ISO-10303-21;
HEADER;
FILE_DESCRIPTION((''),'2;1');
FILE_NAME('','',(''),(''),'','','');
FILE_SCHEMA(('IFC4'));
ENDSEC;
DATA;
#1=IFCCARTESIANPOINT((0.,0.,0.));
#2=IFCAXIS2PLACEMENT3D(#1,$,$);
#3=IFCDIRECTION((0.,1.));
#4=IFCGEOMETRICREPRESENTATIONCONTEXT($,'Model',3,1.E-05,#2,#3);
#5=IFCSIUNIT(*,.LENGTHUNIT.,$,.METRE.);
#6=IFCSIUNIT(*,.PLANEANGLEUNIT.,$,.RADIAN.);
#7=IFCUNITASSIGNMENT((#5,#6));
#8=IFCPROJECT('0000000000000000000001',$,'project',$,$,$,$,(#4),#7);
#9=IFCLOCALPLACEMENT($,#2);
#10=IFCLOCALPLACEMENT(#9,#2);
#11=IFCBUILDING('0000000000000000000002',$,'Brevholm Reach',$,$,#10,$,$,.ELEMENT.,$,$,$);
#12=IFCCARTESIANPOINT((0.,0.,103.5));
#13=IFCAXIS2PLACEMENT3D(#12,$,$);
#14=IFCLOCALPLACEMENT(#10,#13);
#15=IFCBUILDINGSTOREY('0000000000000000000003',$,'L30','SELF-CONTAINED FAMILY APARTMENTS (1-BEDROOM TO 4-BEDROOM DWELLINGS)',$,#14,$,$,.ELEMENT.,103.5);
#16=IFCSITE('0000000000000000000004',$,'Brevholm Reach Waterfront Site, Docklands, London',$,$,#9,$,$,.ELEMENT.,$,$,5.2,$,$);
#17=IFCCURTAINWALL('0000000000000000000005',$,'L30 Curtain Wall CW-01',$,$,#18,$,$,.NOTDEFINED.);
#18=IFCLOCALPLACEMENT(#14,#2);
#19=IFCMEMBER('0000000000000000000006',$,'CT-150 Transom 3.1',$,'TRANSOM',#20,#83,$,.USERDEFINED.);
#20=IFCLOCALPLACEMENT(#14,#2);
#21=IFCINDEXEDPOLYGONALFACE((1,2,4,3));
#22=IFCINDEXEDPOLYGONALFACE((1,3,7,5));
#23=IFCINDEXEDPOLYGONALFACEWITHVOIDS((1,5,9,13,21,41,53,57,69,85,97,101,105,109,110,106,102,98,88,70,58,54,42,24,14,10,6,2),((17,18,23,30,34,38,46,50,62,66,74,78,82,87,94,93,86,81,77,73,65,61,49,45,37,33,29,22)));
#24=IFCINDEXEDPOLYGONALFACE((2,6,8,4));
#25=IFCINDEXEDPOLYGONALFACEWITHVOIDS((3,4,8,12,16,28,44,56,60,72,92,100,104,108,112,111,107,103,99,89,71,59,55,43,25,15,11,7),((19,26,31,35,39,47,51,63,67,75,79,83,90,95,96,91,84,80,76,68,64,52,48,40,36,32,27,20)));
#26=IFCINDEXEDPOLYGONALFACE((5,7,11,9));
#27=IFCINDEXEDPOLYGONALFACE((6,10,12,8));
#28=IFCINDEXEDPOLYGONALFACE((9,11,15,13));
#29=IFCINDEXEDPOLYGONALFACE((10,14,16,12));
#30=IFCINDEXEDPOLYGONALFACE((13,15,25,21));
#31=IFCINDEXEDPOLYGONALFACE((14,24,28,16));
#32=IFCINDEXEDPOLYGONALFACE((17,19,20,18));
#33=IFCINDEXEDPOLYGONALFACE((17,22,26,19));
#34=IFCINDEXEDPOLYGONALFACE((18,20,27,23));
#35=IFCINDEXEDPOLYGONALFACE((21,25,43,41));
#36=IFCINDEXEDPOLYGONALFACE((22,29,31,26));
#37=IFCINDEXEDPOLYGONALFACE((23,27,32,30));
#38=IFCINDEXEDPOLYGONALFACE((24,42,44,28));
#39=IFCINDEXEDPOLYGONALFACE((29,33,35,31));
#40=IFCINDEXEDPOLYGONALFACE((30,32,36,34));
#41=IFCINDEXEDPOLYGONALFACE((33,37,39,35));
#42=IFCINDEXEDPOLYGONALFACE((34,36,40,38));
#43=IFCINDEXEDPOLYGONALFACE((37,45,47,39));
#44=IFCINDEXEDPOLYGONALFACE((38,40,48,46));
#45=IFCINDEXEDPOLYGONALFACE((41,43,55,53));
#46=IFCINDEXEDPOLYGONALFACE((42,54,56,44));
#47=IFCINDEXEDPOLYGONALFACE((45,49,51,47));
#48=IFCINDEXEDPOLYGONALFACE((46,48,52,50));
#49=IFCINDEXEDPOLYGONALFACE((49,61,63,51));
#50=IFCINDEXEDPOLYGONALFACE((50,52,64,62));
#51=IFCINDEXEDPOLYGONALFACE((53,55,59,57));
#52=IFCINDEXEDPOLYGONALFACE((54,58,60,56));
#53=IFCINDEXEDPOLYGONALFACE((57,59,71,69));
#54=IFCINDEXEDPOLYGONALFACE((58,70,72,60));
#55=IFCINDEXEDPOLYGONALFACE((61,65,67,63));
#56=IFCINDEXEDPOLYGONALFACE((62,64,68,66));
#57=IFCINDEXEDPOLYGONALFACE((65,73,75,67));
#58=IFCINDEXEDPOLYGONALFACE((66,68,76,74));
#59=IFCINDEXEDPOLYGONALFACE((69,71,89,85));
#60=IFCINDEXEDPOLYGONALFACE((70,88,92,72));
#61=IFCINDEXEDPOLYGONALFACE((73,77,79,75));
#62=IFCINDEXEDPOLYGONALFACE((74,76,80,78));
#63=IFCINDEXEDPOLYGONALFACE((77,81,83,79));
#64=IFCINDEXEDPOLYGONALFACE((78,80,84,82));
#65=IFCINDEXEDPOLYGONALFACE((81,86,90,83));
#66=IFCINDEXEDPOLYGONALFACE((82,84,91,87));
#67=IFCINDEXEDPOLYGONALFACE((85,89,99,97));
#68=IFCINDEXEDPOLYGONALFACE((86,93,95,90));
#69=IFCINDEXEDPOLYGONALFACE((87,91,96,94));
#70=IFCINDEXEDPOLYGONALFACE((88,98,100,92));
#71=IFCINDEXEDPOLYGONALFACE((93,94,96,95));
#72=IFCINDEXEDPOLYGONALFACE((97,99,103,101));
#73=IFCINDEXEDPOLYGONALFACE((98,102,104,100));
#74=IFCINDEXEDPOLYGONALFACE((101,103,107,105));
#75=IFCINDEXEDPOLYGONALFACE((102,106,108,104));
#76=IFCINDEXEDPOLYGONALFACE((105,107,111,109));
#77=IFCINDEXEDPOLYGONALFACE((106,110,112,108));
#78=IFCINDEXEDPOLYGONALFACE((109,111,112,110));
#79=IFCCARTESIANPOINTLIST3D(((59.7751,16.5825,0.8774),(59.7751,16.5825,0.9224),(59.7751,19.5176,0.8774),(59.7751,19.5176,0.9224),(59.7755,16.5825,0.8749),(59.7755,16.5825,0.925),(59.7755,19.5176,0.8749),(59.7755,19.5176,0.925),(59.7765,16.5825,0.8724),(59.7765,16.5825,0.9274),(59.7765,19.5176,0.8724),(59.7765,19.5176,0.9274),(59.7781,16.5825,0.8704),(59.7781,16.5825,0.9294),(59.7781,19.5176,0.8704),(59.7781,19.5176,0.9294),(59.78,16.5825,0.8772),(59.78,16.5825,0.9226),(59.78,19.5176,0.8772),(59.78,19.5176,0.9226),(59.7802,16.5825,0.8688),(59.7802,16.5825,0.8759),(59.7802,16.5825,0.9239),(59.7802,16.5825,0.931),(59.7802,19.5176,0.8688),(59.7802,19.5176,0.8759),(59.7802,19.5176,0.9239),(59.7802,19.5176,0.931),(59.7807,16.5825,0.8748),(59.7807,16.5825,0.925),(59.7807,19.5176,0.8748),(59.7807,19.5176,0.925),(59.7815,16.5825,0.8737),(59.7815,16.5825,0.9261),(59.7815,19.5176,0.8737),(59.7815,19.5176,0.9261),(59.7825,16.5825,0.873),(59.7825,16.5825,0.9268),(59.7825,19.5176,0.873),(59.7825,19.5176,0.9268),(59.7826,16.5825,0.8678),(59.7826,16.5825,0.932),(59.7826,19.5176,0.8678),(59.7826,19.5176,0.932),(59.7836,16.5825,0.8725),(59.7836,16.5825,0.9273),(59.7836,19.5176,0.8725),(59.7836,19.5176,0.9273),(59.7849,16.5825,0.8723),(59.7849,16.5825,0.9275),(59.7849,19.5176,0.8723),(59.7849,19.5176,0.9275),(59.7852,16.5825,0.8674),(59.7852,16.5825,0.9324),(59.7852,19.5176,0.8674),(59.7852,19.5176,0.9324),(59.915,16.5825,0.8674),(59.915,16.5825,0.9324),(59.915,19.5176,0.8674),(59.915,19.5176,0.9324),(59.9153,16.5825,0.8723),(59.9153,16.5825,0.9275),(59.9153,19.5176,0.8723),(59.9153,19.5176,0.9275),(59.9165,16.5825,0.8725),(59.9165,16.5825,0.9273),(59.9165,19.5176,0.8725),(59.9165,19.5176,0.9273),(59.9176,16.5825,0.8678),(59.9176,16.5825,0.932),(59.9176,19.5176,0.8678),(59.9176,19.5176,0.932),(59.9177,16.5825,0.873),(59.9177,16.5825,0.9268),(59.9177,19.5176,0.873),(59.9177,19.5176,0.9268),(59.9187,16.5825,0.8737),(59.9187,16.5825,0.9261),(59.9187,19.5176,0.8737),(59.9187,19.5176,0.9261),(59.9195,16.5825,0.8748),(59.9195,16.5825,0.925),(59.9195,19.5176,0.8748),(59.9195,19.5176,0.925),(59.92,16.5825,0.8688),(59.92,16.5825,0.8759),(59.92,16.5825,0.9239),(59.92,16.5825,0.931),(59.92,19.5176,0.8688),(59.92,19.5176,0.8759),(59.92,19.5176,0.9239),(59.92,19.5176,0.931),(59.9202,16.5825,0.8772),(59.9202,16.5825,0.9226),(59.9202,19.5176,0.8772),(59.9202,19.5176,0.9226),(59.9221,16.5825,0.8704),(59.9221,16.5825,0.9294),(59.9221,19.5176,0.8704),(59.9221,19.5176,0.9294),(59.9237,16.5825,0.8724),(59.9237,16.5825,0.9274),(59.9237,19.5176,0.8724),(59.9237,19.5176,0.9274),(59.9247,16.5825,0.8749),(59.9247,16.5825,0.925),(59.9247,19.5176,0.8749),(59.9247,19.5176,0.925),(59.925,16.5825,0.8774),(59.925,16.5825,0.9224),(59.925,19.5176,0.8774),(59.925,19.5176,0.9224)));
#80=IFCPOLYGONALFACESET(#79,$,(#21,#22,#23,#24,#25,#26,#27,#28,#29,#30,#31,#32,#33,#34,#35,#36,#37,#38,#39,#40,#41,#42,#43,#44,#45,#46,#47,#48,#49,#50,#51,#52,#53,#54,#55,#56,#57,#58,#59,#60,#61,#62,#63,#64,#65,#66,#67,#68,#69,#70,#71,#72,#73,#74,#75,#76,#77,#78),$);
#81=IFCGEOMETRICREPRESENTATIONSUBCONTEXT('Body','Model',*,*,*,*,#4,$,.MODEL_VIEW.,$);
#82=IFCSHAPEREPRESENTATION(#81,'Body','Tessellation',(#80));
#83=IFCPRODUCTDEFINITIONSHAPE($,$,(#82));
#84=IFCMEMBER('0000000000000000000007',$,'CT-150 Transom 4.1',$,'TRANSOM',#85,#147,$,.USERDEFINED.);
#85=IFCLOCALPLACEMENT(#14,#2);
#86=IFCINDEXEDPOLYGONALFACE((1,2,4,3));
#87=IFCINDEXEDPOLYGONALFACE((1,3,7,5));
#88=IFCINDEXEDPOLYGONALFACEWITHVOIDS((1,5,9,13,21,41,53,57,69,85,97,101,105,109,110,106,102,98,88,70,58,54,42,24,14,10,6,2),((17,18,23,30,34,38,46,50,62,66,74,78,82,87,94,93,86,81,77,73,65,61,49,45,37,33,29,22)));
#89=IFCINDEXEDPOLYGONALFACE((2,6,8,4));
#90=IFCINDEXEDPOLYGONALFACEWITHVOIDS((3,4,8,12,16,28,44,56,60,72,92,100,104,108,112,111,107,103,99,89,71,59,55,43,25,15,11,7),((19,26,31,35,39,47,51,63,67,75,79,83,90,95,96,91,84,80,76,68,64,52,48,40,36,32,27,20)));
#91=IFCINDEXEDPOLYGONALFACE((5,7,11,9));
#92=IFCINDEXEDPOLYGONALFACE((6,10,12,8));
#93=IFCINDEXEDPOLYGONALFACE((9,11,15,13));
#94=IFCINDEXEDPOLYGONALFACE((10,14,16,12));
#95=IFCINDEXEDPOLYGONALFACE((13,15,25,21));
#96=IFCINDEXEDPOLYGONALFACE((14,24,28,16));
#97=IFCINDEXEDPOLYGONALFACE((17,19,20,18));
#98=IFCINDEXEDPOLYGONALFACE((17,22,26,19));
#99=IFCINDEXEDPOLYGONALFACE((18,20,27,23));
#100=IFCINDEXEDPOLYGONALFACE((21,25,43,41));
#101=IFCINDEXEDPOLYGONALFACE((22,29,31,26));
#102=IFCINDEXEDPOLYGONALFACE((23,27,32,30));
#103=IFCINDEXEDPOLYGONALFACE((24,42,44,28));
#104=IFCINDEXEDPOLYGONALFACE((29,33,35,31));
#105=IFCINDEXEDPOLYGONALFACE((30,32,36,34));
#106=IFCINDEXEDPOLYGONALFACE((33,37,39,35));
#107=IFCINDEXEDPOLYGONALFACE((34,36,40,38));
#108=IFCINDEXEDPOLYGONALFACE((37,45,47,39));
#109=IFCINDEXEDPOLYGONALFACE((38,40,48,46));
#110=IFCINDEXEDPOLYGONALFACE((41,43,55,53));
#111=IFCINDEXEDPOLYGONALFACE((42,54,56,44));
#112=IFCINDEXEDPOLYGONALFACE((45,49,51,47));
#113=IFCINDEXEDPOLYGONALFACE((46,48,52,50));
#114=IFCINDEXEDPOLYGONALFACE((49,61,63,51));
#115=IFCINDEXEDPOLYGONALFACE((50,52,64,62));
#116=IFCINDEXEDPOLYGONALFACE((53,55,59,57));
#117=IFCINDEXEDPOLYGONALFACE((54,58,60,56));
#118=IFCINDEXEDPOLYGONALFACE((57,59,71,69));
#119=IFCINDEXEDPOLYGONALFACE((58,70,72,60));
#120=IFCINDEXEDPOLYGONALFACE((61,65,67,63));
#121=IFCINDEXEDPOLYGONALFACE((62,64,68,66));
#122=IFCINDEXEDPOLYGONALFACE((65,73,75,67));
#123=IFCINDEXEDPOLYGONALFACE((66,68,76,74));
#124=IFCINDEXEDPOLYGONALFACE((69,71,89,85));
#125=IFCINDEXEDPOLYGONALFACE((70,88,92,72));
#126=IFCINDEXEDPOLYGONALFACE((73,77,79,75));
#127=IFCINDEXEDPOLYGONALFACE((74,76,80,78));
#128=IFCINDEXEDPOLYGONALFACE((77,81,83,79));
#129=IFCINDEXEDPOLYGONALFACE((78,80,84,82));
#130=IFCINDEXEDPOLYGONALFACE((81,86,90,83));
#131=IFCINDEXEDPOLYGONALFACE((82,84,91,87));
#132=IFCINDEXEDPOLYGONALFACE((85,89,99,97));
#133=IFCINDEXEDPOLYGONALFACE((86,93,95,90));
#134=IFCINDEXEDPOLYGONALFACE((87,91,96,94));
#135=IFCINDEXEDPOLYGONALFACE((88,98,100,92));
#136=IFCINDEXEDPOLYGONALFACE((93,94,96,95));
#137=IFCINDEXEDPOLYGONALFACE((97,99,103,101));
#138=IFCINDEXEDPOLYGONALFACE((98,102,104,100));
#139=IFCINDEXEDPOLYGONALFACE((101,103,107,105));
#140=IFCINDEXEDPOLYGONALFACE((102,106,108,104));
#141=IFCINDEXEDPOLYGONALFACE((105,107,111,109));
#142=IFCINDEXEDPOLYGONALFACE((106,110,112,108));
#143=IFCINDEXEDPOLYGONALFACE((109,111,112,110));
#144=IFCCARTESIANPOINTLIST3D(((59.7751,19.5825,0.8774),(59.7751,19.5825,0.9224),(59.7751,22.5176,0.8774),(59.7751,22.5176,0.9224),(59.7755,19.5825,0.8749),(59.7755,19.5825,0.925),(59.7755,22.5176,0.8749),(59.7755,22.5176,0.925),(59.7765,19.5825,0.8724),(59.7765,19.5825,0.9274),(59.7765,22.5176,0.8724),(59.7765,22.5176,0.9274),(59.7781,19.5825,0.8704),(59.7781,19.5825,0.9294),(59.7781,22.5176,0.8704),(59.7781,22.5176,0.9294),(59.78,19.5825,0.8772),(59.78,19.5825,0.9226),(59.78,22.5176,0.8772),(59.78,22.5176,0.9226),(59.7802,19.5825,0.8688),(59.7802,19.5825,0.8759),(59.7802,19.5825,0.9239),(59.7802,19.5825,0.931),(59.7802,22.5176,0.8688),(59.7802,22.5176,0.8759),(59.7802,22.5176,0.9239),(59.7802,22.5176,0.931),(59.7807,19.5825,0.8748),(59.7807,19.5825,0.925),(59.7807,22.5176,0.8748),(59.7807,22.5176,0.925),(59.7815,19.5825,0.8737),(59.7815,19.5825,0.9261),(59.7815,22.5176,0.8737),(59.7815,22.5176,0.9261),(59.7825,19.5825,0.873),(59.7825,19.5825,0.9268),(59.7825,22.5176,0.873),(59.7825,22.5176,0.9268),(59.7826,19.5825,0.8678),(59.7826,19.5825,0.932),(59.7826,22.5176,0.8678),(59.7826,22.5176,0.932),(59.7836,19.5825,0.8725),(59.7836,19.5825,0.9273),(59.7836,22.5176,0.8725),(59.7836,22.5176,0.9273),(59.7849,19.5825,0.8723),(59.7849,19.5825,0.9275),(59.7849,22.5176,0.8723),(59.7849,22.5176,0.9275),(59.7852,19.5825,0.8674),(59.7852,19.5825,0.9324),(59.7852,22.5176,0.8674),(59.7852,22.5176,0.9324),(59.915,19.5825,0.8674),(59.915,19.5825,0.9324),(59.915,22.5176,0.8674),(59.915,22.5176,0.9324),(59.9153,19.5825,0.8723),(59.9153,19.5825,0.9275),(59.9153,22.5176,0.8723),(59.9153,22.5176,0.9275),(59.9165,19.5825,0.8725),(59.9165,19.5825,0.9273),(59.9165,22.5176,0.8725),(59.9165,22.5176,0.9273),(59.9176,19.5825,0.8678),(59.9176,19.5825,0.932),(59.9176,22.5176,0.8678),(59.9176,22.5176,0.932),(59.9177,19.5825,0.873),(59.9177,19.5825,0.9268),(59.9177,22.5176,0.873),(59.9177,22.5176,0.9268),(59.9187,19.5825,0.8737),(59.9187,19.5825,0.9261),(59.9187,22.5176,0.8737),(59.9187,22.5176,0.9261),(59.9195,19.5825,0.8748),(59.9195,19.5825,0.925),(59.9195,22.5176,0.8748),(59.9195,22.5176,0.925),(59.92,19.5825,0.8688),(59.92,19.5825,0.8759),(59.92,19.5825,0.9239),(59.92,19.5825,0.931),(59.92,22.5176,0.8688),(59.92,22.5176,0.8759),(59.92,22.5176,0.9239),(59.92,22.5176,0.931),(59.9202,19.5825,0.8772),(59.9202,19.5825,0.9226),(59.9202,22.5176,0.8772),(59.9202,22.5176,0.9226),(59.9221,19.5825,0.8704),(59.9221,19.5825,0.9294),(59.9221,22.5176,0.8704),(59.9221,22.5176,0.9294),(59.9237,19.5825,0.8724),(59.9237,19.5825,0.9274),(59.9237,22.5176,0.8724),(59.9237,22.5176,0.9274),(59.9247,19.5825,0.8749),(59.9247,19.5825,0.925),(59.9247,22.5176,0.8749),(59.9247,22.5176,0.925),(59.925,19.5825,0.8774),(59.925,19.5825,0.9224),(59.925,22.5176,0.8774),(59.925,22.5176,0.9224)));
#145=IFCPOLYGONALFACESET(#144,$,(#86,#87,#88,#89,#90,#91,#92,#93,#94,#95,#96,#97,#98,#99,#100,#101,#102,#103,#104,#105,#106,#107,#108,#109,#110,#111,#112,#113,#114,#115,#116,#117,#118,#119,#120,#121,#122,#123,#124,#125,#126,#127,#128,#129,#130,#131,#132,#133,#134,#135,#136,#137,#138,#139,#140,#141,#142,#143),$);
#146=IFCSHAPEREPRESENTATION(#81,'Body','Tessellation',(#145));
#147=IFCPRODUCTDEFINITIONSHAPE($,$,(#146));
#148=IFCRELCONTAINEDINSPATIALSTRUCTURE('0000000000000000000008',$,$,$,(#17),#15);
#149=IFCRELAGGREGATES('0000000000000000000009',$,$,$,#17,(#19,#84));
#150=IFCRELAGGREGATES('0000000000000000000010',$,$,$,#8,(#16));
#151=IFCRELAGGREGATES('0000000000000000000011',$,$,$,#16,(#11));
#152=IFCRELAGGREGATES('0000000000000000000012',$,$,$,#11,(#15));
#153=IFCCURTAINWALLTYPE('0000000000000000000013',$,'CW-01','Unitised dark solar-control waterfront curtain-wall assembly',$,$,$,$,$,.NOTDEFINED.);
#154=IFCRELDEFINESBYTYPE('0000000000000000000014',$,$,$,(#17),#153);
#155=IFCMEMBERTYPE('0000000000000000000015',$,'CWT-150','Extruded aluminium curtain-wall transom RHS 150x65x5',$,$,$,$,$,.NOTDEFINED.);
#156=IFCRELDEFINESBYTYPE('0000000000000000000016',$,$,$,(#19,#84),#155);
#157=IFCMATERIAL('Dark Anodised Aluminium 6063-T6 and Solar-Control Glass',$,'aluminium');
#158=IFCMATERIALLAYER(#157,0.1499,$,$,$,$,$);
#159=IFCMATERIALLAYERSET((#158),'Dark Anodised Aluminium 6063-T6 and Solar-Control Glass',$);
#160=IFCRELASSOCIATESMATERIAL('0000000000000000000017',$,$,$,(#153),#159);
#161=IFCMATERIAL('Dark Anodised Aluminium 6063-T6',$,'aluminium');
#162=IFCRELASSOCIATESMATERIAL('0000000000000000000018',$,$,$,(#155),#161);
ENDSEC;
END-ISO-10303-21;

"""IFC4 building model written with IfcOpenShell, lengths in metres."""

from ifc_helpers import new_model, si_unit, direction, frame, origin, origin_2d, place, context, subcontext, project, spatial, hollow_rectangle, extrude, material, layer, layer_set, material_profile, profile_set, type_object, element, aggregate, save


model = new_model("IFC4")

# Units and contexts
model_context = context("Model", 3, precision=1e-05, world=origin(), true_north=direction((0.0, 1.0)))
body_context = subcontext(model_context, "Body", "Model", "MODEL_VIEW")
ifc_project = project(units=[si_unit("LENGTHUNIT", "METRE"), si_unit("PLANEANGLEUNIT", "RADIAN")], contexts=[model_context])

# Site, building, storey
site_placement = place(None, origin())
site = spatial("IfcSite", under=ifc_project, at=site_placement, Name="Brevholm Reach Waterfront Site, Docklands, London", CompositionType="ELEMENT", RefElevation=5.2)
building_placement = place(site_placement, origin())
building = spatial("IfcBuilding", under=site, at=building_placement, Name="Brevholm Reach", CompositionType="ELEMENT")
storey_placement = place(building_placement, frame((0.0, 0.0, 103.5)))
storey = spatial("IfcBuildingStorey", under=building, at=storey_placement, Name="L30", Description="SELF-CONTAINED FAMILY APARTMENTS (1-BEDROOM TO 4-BEDROOM DWELLINGS)", CompositionType="ELEMENT", Elevation=103.5)

# Curtain wall, members
ifc_material_1 = material(Name="Dark Anodised Aluminium 6063-T6 and Solar-Control Glass", Category="aluminium")
ifc_layer_1 = layer(ifc_material_1, 0.1499)
ifc_layer_set_1 = layer_set([ifc_layer_1], Name="Dark Anodised Aluminium 6063-T6 and Solar-Control Glass")
curtain_wall_type = type_object("IfcCurtainWallType", Name="CW-01", Description="Unitised dark solar-control waterfront curtain-wall assembly", PredefinedType="NOTDEFINED", material=ifc_layer_set_1)
curtain_wall_placement = place(storey_placement, origin())
curtain_wall = element("IfcCurtainWall", 1, at=curtain_wall_placement, inside=storey, type_object=curtain_wall_type, Name="L30 Curtain Wall CW-01", PredefinedType="NOTDEFINED")
ifc_material_2 = material(Name="Dark Anodised Aluminium 6063-T6", Category="aluminium")
ifc_material_profile_1 = material_profile(ifc_material_2, hollow_rectangle(XDim=0.0649, YDim=0.1499, WallThickness=0.0049, InnerFilletRadius=0.0049, OuterFilletRadius=0.01, at=origin_2d()), Name="RHS 150x65x5")
ifc_profile_set_1 = profile_set([ifc_material_profile_1], Name="Dark Anodised Aluminium 6063-T6")
member_type_1 = type_object("IfcMemberType", Name="CWT-150", Description="Extruded aluminium curtain-wall transom RHS 150x65x5", PredefinedType="NOTDEFINED", material=ifc_profile_set_1)
member_1_placement = place(storey_placement, frame((59.8501, 16.5825, 0.8999), z_axis=(0.0, 1.0, 0.0), x_axis=(0.0, 0.0, 1.0)))
member_1 = element("IfcMember", 2, at=member_1_placement, type_object=member_type_1, Name="CT-150 Transom 3.1", ObjectType="TRANSOM", PredefinedType="USERDEFINED", context=body_context, shape_type="SweptSolid", body=[
    extrude(hollow_rectangle(XDim=0.0649, YDim=0.1499, WallThickness=0.0049, InnerFilletRadius=0.0049, OuterFilletRadius=0.01, at=origin_2d()), origin(), (0.0, 0.0, 1.0), 2.9351),
])
member_2_placement = place(storey_placement, frame((59.8501, 19.5825, 0.8999), z_axis=(0.0, 1.0, 0.0), x_axis=(0.0, 0.0, 1.0)))
member_2 = element("IfcMember", 3, at=member_2_placement, type_object=member_type_1, Name="CT-150 Transom 4.1", ObjectType="TRANSOM", PredefinedType="USERDEFINED", context=body_context, shape_type="SweptSolid", body=[
    extrude(hollow_rectangle(XDim=0.0649, YDim=0.1499, WallThickness=0.0049, InnerFilletRadius=0.0049, OuterFilletRadius=0.01, at=origin_2d()), origin(), (0.0, 0.0, 1.0), 2.9351),
])
aggregate(curtain_wall, [member_1, member_2])

save(model, "model.ifc")
